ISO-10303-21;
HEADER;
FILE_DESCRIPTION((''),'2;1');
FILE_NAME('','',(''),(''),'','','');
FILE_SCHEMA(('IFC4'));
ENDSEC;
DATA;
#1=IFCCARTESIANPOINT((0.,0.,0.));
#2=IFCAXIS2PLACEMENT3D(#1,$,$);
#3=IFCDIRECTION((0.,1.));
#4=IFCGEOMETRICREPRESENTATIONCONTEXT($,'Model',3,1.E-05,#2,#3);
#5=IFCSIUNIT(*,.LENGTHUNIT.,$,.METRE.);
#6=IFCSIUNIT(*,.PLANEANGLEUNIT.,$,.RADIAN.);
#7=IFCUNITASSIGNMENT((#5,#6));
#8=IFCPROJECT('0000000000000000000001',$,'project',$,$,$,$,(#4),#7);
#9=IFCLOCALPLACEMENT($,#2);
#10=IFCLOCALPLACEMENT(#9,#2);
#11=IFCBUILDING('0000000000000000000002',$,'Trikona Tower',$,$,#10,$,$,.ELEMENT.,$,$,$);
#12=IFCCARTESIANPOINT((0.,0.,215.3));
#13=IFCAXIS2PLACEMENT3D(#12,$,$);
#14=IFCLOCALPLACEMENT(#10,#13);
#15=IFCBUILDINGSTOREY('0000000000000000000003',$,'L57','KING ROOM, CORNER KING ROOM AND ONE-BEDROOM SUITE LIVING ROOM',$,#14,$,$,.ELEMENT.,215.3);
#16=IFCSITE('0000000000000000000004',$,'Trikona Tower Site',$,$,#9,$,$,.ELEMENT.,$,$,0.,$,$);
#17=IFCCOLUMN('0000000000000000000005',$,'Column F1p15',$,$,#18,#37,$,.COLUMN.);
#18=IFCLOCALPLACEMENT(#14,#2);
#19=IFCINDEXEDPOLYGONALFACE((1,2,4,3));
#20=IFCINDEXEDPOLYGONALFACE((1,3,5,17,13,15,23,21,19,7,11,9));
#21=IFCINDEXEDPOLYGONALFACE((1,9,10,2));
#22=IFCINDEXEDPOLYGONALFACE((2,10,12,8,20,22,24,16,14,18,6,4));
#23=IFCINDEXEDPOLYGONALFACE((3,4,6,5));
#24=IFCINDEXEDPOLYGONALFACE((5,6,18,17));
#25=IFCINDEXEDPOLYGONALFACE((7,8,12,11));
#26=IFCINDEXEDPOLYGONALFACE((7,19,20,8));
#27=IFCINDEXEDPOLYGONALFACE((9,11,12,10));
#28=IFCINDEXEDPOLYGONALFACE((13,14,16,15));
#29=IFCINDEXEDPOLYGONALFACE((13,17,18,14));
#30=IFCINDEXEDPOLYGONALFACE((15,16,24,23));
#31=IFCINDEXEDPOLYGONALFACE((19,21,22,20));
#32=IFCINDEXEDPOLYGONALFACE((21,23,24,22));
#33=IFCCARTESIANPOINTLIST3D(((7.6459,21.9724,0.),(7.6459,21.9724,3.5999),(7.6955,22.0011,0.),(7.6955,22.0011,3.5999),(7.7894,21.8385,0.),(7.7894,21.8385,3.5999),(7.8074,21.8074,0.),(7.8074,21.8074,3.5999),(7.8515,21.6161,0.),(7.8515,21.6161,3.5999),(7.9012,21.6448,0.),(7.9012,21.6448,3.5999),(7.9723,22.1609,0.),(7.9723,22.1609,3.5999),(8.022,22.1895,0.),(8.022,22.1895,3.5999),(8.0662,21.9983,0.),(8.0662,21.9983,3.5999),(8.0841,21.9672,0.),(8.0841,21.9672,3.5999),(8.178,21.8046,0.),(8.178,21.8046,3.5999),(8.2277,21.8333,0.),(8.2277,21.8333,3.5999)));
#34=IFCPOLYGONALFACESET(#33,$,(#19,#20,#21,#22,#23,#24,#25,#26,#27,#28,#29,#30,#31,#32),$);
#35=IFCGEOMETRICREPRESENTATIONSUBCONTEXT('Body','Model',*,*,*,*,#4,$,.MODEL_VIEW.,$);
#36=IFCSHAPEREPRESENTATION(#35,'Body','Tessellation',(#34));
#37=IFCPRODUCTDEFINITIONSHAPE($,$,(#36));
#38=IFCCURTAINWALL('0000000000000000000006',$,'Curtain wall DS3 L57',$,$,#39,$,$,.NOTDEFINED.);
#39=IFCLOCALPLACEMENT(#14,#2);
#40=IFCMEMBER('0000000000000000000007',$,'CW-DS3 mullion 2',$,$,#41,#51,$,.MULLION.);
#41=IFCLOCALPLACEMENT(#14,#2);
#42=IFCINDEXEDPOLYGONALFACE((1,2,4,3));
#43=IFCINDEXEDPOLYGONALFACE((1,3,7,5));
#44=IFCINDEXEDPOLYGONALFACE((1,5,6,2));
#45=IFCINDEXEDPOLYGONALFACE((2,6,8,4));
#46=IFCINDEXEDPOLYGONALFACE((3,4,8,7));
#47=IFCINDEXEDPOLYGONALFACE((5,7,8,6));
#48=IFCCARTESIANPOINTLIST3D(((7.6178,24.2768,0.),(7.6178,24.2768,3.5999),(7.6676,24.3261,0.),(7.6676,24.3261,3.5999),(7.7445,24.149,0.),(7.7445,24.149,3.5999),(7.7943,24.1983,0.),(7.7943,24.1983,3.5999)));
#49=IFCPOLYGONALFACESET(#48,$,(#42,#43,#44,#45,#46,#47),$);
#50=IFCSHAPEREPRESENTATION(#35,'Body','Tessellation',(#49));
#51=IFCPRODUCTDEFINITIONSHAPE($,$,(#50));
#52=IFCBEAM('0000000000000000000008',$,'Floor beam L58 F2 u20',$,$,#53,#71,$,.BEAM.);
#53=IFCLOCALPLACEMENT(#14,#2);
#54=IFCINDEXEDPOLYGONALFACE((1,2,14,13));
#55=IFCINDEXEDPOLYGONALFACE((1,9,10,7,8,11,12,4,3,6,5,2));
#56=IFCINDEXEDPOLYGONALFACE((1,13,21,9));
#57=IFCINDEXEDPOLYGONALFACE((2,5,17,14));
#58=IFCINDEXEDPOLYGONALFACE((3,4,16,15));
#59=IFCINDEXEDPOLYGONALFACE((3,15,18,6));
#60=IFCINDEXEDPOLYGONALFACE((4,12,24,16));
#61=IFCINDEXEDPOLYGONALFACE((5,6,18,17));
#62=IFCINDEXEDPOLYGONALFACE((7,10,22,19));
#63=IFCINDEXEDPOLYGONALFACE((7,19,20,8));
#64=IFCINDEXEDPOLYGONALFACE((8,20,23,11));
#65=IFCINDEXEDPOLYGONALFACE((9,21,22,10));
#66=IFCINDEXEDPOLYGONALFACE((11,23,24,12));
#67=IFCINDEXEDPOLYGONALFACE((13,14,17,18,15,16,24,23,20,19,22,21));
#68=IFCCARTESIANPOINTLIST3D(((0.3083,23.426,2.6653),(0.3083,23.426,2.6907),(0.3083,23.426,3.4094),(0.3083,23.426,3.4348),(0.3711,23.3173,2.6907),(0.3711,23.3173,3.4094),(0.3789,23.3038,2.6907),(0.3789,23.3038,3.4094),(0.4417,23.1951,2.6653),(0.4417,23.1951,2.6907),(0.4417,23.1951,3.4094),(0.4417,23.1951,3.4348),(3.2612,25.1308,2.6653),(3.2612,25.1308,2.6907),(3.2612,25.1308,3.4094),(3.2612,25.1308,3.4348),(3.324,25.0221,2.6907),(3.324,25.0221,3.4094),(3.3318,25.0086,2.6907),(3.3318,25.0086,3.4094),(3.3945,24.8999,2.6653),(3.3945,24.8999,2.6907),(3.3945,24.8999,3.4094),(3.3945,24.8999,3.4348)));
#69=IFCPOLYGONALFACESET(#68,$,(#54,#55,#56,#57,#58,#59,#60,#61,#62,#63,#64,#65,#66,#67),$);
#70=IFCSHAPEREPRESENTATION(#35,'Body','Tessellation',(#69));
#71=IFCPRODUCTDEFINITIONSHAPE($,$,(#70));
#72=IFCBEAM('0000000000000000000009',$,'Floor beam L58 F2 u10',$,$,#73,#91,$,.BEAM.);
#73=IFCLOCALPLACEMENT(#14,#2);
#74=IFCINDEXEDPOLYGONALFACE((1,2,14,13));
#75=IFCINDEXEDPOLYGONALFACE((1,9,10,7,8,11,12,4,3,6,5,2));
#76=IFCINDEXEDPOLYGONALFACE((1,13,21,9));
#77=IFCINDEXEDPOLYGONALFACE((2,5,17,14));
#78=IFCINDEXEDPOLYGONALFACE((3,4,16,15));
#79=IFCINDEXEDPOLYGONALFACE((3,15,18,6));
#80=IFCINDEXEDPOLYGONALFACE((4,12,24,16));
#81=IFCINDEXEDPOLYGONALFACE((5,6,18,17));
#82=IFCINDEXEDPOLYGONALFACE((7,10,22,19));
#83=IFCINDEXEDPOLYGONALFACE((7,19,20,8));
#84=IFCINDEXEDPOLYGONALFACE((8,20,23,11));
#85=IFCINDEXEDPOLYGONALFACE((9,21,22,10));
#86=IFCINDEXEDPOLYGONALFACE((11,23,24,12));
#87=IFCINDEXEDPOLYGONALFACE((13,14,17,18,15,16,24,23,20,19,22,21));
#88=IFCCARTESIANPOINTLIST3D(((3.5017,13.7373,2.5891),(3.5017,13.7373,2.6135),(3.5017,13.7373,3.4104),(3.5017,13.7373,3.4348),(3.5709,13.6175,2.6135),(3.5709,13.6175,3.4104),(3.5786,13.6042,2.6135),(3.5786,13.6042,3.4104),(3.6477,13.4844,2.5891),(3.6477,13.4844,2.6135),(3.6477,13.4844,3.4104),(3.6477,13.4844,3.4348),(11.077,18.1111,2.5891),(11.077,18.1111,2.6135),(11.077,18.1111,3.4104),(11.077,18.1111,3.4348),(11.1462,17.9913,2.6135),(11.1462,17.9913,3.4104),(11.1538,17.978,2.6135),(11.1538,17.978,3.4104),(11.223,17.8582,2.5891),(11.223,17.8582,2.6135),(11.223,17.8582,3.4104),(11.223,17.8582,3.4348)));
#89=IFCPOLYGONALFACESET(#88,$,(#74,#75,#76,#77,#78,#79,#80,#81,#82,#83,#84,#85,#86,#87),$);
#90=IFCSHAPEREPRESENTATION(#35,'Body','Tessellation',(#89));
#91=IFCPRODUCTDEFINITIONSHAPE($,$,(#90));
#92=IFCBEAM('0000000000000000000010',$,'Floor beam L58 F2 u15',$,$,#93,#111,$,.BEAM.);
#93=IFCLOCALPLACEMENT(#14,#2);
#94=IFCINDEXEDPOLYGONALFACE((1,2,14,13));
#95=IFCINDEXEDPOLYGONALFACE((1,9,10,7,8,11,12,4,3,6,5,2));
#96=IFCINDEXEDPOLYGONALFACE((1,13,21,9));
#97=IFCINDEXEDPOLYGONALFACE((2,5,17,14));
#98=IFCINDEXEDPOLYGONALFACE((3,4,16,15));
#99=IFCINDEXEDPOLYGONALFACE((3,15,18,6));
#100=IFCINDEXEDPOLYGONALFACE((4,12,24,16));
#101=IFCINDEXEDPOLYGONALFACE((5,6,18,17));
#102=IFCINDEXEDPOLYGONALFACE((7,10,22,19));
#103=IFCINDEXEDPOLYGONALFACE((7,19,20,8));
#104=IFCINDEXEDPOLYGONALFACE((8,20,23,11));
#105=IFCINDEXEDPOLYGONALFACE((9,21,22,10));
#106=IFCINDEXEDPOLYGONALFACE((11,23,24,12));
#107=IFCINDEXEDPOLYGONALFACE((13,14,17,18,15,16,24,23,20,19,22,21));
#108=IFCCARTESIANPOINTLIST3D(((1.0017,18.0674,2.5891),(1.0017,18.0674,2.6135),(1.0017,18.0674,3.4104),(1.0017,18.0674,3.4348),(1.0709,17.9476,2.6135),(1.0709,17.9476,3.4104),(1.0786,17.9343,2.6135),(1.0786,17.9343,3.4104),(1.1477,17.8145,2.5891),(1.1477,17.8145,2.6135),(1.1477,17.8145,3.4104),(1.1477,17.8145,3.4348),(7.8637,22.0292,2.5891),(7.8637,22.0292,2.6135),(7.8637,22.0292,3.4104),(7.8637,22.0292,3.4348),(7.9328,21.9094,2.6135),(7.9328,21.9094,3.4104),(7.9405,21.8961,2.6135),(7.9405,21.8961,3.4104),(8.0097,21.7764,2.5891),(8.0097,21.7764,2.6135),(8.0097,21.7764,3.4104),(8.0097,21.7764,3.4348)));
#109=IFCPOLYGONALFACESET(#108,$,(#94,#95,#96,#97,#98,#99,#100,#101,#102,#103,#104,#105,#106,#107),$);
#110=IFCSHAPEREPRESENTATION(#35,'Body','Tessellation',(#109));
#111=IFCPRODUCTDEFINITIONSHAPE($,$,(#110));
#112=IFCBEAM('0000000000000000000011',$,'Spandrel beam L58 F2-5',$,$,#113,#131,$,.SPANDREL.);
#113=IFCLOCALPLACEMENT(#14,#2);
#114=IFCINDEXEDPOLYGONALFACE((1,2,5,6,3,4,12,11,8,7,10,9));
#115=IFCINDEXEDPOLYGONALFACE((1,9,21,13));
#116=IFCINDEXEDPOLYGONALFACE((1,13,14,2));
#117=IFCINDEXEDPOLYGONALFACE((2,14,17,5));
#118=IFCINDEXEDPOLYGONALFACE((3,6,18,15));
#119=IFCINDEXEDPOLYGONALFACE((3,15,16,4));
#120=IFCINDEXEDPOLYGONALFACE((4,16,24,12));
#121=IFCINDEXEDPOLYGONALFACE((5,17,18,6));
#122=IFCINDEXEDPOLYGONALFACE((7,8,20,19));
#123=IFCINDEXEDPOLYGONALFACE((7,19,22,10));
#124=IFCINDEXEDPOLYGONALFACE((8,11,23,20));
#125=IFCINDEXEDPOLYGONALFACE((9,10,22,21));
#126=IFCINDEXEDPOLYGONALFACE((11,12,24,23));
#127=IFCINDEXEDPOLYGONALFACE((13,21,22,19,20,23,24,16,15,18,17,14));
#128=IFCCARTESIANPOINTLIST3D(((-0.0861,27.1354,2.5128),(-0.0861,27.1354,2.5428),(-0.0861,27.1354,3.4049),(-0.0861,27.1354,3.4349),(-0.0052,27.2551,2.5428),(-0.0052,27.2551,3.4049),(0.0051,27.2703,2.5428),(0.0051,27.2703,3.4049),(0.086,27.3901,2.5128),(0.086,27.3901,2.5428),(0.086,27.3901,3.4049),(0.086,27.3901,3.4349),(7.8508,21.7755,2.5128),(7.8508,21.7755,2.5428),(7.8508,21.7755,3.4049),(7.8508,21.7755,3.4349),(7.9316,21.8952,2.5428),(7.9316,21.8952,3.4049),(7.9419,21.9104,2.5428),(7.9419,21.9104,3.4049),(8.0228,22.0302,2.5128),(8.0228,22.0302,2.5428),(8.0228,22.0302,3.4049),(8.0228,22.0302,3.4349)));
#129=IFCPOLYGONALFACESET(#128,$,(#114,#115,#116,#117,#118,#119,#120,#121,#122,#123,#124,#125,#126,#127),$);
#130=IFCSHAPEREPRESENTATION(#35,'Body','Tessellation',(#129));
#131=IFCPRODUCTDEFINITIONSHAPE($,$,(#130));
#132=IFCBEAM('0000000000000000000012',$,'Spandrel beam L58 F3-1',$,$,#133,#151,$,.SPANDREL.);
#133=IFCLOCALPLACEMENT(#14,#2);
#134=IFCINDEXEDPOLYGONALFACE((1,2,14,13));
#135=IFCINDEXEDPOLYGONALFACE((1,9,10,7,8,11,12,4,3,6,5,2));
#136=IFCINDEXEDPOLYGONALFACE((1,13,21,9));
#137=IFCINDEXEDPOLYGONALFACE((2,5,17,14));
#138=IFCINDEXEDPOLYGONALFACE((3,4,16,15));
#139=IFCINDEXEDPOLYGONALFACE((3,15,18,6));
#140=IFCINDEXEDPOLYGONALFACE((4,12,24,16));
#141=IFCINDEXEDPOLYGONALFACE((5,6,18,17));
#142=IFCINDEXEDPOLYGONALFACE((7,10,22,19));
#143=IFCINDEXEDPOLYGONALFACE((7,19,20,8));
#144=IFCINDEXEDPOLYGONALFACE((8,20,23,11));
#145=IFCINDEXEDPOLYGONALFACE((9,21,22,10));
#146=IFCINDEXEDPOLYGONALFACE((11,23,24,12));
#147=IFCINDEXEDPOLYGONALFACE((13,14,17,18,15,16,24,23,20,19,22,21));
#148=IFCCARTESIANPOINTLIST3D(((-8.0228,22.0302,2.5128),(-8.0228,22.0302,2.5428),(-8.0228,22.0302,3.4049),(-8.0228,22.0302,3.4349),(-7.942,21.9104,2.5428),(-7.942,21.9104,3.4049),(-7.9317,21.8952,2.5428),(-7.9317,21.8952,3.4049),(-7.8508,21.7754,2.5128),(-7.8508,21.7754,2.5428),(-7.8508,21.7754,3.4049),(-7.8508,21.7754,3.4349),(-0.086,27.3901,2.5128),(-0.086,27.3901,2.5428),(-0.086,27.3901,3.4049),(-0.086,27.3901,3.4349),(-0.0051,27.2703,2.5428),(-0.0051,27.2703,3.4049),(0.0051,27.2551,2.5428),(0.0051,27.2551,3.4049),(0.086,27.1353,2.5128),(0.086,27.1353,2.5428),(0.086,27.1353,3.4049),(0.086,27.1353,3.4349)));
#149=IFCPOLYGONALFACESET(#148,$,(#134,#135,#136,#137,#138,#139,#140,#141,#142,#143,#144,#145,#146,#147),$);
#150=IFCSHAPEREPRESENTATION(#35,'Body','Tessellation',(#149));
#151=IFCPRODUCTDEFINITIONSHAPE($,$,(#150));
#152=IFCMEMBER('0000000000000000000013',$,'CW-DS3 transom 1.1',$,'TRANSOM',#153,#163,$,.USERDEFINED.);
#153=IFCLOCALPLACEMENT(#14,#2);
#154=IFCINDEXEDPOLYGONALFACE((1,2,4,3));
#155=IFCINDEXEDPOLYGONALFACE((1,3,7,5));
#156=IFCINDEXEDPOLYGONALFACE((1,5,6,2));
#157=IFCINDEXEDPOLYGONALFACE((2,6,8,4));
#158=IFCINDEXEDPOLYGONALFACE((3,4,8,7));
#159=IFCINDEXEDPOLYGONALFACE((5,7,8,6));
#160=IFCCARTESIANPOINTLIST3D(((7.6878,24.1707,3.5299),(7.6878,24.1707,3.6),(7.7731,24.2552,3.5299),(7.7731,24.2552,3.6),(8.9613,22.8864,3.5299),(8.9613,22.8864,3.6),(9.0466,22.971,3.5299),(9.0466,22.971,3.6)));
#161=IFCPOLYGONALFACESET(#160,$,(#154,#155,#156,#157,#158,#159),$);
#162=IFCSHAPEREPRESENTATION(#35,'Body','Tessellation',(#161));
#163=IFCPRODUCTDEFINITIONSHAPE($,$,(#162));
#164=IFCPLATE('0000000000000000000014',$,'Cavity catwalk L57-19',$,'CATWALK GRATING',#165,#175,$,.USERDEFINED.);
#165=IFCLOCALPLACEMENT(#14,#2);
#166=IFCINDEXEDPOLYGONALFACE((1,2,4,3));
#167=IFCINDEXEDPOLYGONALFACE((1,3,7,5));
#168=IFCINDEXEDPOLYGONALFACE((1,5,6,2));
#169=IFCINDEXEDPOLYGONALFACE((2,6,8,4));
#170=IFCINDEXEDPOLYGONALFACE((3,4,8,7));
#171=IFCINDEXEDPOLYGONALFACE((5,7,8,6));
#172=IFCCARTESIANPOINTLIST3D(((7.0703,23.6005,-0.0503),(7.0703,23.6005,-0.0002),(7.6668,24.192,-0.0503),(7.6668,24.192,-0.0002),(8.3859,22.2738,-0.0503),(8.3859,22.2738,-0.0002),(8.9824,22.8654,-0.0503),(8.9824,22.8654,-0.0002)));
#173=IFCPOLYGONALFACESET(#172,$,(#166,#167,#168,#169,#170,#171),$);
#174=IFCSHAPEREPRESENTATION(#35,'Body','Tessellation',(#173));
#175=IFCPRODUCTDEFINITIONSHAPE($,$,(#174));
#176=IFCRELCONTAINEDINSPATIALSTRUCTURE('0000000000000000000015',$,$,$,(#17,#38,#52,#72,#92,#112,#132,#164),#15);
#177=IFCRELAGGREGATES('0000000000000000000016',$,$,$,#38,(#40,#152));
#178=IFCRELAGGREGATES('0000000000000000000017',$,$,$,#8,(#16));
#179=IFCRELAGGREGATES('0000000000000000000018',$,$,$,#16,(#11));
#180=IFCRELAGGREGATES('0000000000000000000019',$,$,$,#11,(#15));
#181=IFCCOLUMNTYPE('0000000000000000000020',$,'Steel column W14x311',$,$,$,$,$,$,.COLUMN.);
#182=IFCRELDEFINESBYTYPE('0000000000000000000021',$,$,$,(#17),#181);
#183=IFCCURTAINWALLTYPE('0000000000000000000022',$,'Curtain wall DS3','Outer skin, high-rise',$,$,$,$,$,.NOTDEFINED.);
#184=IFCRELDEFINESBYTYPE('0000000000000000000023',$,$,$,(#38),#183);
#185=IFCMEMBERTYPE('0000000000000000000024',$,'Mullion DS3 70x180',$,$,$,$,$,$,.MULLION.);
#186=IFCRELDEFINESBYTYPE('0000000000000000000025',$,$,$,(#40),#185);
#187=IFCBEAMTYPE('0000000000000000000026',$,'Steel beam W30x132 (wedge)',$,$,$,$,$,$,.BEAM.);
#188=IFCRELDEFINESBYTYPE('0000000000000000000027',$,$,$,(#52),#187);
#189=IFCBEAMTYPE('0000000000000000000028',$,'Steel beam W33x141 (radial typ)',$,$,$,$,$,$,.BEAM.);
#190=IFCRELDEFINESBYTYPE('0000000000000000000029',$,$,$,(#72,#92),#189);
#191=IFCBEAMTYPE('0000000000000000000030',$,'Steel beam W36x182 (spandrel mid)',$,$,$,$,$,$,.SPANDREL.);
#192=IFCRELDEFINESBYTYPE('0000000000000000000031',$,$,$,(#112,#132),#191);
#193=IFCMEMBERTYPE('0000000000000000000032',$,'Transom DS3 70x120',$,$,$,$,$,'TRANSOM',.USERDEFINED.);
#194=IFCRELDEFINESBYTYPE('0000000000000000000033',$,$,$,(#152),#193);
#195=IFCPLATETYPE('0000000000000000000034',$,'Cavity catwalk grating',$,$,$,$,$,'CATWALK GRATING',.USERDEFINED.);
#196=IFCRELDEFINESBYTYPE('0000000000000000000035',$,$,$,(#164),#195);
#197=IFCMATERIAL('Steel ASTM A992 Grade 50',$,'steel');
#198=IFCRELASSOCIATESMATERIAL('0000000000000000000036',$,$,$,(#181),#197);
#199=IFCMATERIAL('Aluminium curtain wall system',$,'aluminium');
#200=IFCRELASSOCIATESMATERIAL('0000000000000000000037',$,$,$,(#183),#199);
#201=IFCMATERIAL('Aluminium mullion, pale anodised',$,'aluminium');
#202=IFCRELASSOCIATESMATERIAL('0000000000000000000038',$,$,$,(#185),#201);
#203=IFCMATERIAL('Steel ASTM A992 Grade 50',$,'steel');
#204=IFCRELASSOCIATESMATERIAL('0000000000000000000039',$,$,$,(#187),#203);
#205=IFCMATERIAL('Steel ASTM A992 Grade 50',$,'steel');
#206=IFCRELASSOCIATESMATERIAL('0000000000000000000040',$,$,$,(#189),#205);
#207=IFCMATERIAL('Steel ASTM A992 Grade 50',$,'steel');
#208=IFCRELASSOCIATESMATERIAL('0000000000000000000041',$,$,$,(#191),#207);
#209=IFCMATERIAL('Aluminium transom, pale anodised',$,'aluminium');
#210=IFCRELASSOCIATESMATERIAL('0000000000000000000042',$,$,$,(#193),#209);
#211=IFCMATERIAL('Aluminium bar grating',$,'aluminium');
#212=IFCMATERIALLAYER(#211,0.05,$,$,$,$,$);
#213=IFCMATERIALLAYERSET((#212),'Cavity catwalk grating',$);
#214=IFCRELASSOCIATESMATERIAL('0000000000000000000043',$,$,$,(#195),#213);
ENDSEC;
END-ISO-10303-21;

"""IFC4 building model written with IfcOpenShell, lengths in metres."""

from ifc_helpers import new_model, si_unit, direction, frame, origin, origin_2d, place, context, subcontext, project, spatial, rectangle, i_section, extrude, material, layer, layer_set, material_profile, profile_set, type_object, element, aggregate, save


model = new_model("IFC4")

# Units and contexts
model_context = context("Model", 3, precision=1e-05, world=origin(), true_north=direction((0.0, 1.0)))
body_context = subcontext(model_context, "Body", "Model", "MODEL_VIEW")
ifc_project = project(units=[si_unit("LENGTHUNIT", "METRE"), si_unit("PLANEANGLEUNIT", "RADIAN")], contexts=[model_context])

# Site, building, storey
site_placement = place(None, origin())
site = spatial("IfcSite", under=ifc_project, at=site_placement, Name="Trikona Tower Site", CompositionType="ELEMENT", RefElevation=0.0)
building_placement = place(site_placement, origin())
building = spatial("IfcBuilding", under=site, at=building_placement, Name="Trikona Tower", CompositionType="ELEMENT")
storey_placement = place(building_placement, frame((0.0, 0.0, 215.3)))
storey = spatial("IfcBuildingStorey", under=building, at=storey_placement, Name="L57", Description="KING ROOM, CORNER KING ROOM AND ONE-BEDROOM SUITE LIVING ROOM", CompositionType="ELEMENT", Elevation=215.3)

# Column
ifc_material_1 = material(Name="Steel ASTM A992 Grade 50", Category="steel")
ifc_material_profile_1 = material_profile(ifc_material_1, i_section(OverallWidth=0.4114, OverallDepth=0.4343, WebThickness=0.0359, FlangeThickness=0.0574, at=origin_2d()), Name="W14X311")
ifc_profile_set_1 = profile_set([ifc_material_profile_1], Name="Steel ASTM A992 Grade 50")
column_type = type_object("IfcColumnType", Name="Steel column W14x311", PredefinedType="COLUMN", material=ifc_profile_set_1)
column_placement = place(storey_placement, frame((7.9368, 21.9028, 0.0), z_axis=(0.0, 0.0, 1.0), x_axis=(-0.5, 0.866025, 0.0)))
element("IfcColumn", 1, at=column_placement, inside=storey, type_object=column_type, Name="Column F1p15", PredefinedType="COLUMN", context=body_context, shape_type="SweptSolid", body=[
    extrude(i_section(OverallWidth=0.4114, OverallDepth=0.4343, WebThickness=0.0359, FlangeThickness=0.0574, at=origin_2d()), origin(), (0.0, 0.0, 1.0), 3.5999),
])

# Curtain wall, member
ifc_material_2 = material(Name="Aluminium curtain wall system", Category="aluminium")
curtain_wall_type = type_object("IfcCurtainWallType", Name="Curtain wall DS3", Description="Outer skin, high-rise", PredefinedType="NOTDEFINED", material=ifc_material_2)
curtain_wall_placement = place(storey_placement, origin())
curtain_wall = element("IfcCurtainWall", 2, at=curtain_wall_placement, inside=storey, type_object=curtain_wall_type, Name="Curtain wall DS3 L57", PredefinedType="NOTDEFINED")
ifc_material_3 = material(Name="Aluminium mullion, pale anodised", Category="aluminium")
ifc_material_profile_2 = material_profile(ifc_material_3, rectangle(XDim=0.0701, YDim=0.1799, at=origin_2d()), Name="MUL-DS3")
ifc_profile_set_2 = profile_set([ifc_material_profile_2], Name="Aluminium mullion, pale anodised")
member_type_1 = type_object("IfcMemberType", Name="Mullion DS3 70x180", PredefinedType="MULLION", material=ifc_profile_set_2)
member_1_placement = place(storey_placement, frame((7.7061, 24.2375, 0.0), z_axis=(0.0, 0.0, 1.0), x_axis=(-0.710052, -0.704149, 0.0)))
member_1 = element("IfcMember", 3, at=member_1_placement, type_object=member_type_1, Name="CW-DS3 mullion 2", PredefinedType="MULLION", context=body_context, shape_type="SweptSolid", body=[
    extrude(rectangle(XDim=0.0701, YDim=0.1799, at=origin_2d()), origin(), (0.0, 0.0, 1.0), 3.5999),
])

# Beams
ifc_material_4 = material(Name="Steel ASTM A992 Grade 50", Category="steel")
ifc_material_profile_3 = material_profile(ifc_material_4, i_section(OverallWidth=0.2666, OverallDepth=0.7695, WebThickness=0.0156, FlangeThickness=0.0254, at=origin_2d()), Name="W30X132")
ifc_profile_set_3 = profile_set([ifc_material_profile_3], Name="Steel ASTM A992 Grade 50")
beam_type_1 = type_object("IfcBeamType", Name="Steel beam W30x132 (wedge)", PredefinedType="BEAM", material=ifc_profile_set_3)
beam_1_placement = place(storey_placement, frame((0.375, 23.3105, 3.05), z_axis=(0.866027, 0.499997, 0.0), x_axis=(-0.499997, 0.866027, 0.0)))
element("IfcBeam", 4, at=beam_1_placement, inside=storey, type_object=beam_type_1, Name="Floor beam L58 F2 u20", PredefinedType="BEAM", context=body_context, shape_type="SweptSolid", body=[
    extrude(i_section(OverallWidth=0.2666, OverallDepth=0.7695, WebThickness=0.0156, FlangeThickness=0.0254, at=origin_2d()), origin(), (0.0, 0.0, 1.0), 3.4097),
])
ifc_material_5 = material(Name="Steel ASTM A992 Grade 50", Category="steel")
ifc_material_profile_4 = material_profile(ifc_material_5, i_section(OverallWidth=0.292, OverallDepth=0.8457, WebThickness=0.0154, FlangeThickness=0.0244, at=origin_2d()), Name="W33X141")
ifc_profile_set_4 = profile_set([ifc_material_profile_4], Name="Steel ASTM A992 Grade 50")
beam_type_2 = type_object("IfcBeamType", Name="Steel beam W33x141 (radial typ)", PredefinedType="BEAM", material=ifc_profile_set_4)
beam_2_placement = place(storey_placement, frame((3.5747, 13.6108, 3.012), z_axis=(0.866014, 0.50002, 0.0), x_axis=(-0.50002, 0.866014, 0.0)))
element("IfcBeam", 5, at=beam_2_placement, inside=storey, type_object=beam_type_2, Name="Floor beam L58 F2 u10", PredefinedType="BEAM", context=body_context, shape_type="SweptSolid", body=[
    extrude(i_section(OverallWidth=0.292, OverallDepth=0.8457, WebThickness=0.0154, FlangeThickness=0.0244, at=origin_2d()), origin(), (0.0, 0.0, 1.0), 8.7473),
])
beam_3_placement = place(storey_placement, frame((1.0747, 17.9409, 3.012), z_axis=(0.86602, 0.50001, 0.0), x_axis=(-0.50001, 0.86602, 0.0)))
element("IfcBeam", 6, at=beam_3_placement, inside=storey, type_object=beam_type_2, Name="Floor beam L58 F2 u15", PredefinedType="BEAM", context=body_context, shape_type="SweptSolid", body=[
    extrude(i_section(OverallWidth=0.292, OverallDepth=0.8457, WebThickness=0.0154, FlangeThickness=0.0244, at=origin_2d()), origin(), (0.0, 0.0, 1.0), 7.9236),
])
ifc_material_6 = material(Name="Steel ASTM A992 Grade 50", Category="steel")
ifc_material_profile_5 = material_profile(ifc_material_6, i_section(OverallWidth=0.3074, OverallDepth=0.9221, WebThickness=0.0183, FlangeThickness=0.03, at=origin_2d()), Name="W36X182")
ifc_profile_set_5 = profile_set([ifc_material_profile_5], Name="Steel ASTM A992 Grade 50")
beam_type_3 = type_object("IfcBeamType", Name="Steel beam W36x182 (spandrel mid)", PredefinedType="SPANDREL", material=ifc_profile_set_5)
for number, where, z_axis, x_axis, name in (
    (7, (7.9368, 21.9028, 2.9739), (-0.828725, 0.559655, 0.0), (-0.559655, -0.828725, 0.0), "Spandrel beam L58 F2-5"),
    (8, (0.0, 27.2627, 2.9739), (-0.828725, -0.559655, 0.0), (0.559655, -0.828725, 0.0), "Spandrel beam L58 F3-1"),
):
    element("IfcBeam", number, at=place(storey_placement, frame(where, z_axis=z_axis, x_axis=x_axis)), inside=storey, type_object=beam_type_3, Name=name, PredefinedType="SPANDREL", context=body_context, shape_type="SweptSolid", body=[
        extrude(i_section(OverallWidth=0.3074, OverallDepth=0.9221, WebThickness=0.0183, FlangeThickness=0.03, at=origin_2d()), origin(), (0.0, 0.0, 1.0), 9.5771),
    ])

# Member
ifc_material_7 = material(Name="Aluminium transom, pale anodised", Category="aluminium")
ifc_material_profile_6 = material_profile(ifc_material_7, rectangle(XDim=0.1201, YDim=0.0701, at=origin_2d()), Name="TRN-DS3")
ifc_profile_set_6 = profile_set([ifc_material_profile_6], Name="Aluminium transom, pale anodised")
member_type_2 = type_object("IfcMemberType", Name="Transom DS3 70x120", ElementType="TRANSOM", PredefinedType="USERDEFINED", material=ifc_profile_set_6)
member_2_placement = place(storey_placement, frame((9.0039, 22.9287, 3.5649), z_axis=(-0.704131, 0.71007, 0.0), x_axis=(-0.71007, -0.704131, 0.0)))
member_2 = element("IfcMember", 9, at=member_2_placement, type_object=member_type_2, Name="CW-DS3 transom 1.1", ObjectType="TRANSOM", PredefinedType="USERDEFINED", context=body_context, shape_type="SweptSolid", body=[
    extrude(rectangle(XDim=0.1201, YDim=0.0701, at=origin_2d()), origin(), (0.0, 0.0, 1.0), 1.8086),
])

# Plate
ifc_material_8 = material(Name="Aluminium bar grating", Category="aluminium")
ifc_layer_1 = layer(ifc_material_8, 0.05)
ifc_layer_set_1 = layer_set([ifc_layer_1], Name="Cavity catwalk grating")
plate_type_1 = type_object("IfcPlateType", Name="Cavity catwalk grating", ElementType="CATWALK GRATING", PredefinedType="USERDEFINED", material=ifc_layer_set_1)
plate_1_placement = place(storey_placement, frame((8.0264, 23.2329, -0.0503), z_axis=(0.0, 0.0, 1.0), x_axis=(-0.704151, 0.71005, 0.0)))
element("IfcPlate", 10, at=plate_1_placement, inside=storey, type_object=plate_type_1, Name="Cavity catwalk L57-19", ObjectType="CATWALK GRATING", PredefinedType="USERDEFINED", context=body_context, shape_type="SweptSolid", body=[
    extrude(rectangle(XDim=1.8684, YDim=0.8401, at=origin_2d()), origin(), (0.0, 0.0, 1.0), 0.05),
])
aggregate(curtain_wall, [member_1, member_2])

save(model, "model.ifc")
